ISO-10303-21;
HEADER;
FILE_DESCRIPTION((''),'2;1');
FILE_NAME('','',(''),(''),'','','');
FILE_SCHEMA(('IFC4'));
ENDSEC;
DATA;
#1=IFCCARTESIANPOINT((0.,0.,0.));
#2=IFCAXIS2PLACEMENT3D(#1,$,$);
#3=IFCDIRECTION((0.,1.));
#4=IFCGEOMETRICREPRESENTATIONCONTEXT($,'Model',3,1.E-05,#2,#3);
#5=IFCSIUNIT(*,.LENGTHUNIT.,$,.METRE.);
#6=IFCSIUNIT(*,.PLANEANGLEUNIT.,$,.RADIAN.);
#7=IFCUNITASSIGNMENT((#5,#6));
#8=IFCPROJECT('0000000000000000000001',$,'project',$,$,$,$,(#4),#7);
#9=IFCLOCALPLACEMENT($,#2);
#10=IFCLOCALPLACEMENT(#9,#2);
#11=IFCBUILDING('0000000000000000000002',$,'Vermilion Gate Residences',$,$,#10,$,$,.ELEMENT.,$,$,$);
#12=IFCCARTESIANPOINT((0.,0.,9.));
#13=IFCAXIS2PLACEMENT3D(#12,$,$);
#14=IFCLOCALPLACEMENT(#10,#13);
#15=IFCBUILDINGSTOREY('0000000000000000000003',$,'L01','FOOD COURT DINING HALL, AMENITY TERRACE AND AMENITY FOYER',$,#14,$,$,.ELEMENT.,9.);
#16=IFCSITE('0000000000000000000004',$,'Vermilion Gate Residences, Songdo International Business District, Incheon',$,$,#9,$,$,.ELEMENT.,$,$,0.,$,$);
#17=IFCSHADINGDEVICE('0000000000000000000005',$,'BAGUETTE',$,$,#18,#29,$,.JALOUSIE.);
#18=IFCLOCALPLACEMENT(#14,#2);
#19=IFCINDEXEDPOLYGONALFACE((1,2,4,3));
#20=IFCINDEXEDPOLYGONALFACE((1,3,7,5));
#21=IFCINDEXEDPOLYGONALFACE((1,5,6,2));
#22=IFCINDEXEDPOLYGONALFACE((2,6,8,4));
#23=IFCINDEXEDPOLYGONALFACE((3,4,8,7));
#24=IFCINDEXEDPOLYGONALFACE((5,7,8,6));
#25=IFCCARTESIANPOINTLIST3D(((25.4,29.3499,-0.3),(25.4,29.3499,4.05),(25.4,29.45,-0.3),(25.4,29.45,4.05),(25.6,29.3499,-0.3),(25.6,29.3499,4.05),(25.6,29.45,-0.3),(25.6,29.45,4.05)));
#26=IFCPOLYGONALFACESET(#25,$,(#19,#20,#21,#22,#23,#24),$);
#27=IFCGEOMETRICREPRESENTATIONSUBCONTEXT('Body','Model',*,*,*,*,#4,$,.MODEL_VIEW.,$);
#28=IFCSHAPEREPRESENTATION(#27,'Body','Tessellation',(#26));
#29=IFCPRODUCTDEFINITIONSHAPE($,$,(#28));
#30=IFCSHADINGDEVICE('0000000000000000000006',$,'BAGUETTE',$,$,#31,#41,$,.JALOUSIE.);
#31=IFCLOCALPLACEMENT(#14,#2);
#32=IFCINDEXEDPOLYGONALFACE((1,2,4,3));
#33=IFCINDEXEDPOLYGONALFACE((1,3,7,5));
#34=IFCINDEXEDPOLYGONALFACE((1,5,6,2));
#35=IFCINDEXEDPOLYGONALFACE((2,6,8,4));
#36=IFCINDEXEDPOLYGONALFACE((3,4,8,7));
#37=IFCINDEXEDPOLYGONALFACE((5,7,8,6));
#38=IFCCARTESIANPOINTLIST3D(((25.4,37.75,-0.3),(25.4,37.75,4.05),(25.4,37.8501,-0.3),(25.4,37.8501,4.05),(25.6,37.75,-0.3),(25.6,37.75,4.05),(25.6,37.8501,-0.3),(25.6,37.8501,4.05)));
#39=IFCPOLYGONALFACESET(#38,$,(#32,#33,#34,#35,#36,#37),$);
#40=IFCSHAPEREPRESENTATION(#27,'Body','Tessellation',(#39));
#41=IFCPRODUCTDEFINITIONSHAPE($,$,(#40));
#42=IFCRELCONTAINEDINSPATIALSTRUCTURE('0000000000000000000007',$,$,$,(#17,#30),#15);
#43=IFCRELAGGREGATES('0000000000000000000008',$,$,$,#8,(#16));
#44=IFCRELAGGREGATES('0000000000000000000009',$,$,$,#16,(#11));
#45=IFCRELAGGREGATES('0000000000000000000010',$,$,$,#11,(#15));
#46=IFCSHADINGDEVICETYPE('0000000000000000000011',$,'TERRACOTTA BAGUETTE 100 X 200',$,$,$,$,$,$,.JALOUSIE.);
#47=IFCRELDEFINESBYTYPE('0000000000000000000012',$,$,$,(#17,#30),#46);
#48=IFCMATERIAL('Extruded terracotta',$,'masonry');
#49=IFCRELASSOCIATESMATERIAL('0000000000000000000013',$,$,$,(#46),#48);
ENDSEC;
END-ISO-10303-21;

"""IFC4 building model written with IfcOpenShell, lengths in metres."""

from ifc_helpers import new_model, si_unit, direction, frame, origin, origin_2d, place, context, subcontext, project, spatial, rectangle, extrude, material, material_profile, profile_set, type_object, element, save


model = new_model("IFC4")

# Units and contexts
model_context = context("Model", 3, precision=1e-05, world=origin(), true_north=direction((0.0, 1.0)))
body_context = subcontext(model_context, "Body", "Model", "MODEL_VIEW")
ifc_project = project(units=[si_unit("LENGTHUNIT", "METRE"), si_unit("PLANEANGLEUNIT", "RADIAN")], contexts=[model_context])

# Site, building, storey
site_placement = place(None, origin())
site = spatial("IfcSite", under=ifc_project, at=site_placement, Name="Vermilion Gate Residences, Songdo International Business District, Incheon", CompositionType="ELEMENT", RefElevation=0.0)
building_placement = place(site_placement, origin())
building = spatial("IfcBuilding", under=site, at=building_placement, Name="Vermilion Gate Residences", CompositionType="ELEMENT")
storey_placement = place(building_placement, frame((0.0, 0.0, 9.0)))
storey = spatial("IfcBuildingStorey", under=building, at=storey_placement, Name="L01", Description="FOOD COURT DINING HALL, AMENITY TERRACE AND AMENITY FOYER", CompositionType="ELEMENT", Elevation=9.0)

# Shading devices
ifc_material_1 = material(Name="Extruded terracotta", Category="masonry")
ifc_material_profile_1 = material_profile(ifc_material_1, rectangle(XDim=0.2, YDim=0.1001, at=origin_2d()), Name="BAGUETTE 100 X 200")
ifc_profile_set_1 = profile_set([ifc_material_profile_1], Name="Extruded terracotta")
shading_device_type = type_object("IfcShadingDeviceType", Name="TERRACOTTA BAGUETTE 100 X 200", PredefinedType="JALOUSIE", material=ifc_profile_set_1)
for number, where, z_axis, x_axis, name in (
    (1, (25.5, 29.3999, -0.3), (0.0, 0.0, 1.0), (-1.0, 0.0, 0.0), "BAGUETTE"),
    (2, (25.5, 37.8, -0.3), (0.0, 0.0, 1.0), (-1.0, 0.0, 0.0), "BAGUETTE"),
):
    element("IfcShadingDevice", number, at=place(storey_placement, frame(where, z_axis=z_axis, x_axis=x_axis)), inside=storey, type_object=shading_device_type, Name=name, PredefinedType="JALOUSIE", context=body_context, shape_type="SweptSolid", body=[
        extrude(rectangle(XDim=0.2, YDim=0.1001, at=origin_2d()), origin(), (0.0, 0.0, 1.0), 4.3501),
    ])

save(model, "model.ifc")
